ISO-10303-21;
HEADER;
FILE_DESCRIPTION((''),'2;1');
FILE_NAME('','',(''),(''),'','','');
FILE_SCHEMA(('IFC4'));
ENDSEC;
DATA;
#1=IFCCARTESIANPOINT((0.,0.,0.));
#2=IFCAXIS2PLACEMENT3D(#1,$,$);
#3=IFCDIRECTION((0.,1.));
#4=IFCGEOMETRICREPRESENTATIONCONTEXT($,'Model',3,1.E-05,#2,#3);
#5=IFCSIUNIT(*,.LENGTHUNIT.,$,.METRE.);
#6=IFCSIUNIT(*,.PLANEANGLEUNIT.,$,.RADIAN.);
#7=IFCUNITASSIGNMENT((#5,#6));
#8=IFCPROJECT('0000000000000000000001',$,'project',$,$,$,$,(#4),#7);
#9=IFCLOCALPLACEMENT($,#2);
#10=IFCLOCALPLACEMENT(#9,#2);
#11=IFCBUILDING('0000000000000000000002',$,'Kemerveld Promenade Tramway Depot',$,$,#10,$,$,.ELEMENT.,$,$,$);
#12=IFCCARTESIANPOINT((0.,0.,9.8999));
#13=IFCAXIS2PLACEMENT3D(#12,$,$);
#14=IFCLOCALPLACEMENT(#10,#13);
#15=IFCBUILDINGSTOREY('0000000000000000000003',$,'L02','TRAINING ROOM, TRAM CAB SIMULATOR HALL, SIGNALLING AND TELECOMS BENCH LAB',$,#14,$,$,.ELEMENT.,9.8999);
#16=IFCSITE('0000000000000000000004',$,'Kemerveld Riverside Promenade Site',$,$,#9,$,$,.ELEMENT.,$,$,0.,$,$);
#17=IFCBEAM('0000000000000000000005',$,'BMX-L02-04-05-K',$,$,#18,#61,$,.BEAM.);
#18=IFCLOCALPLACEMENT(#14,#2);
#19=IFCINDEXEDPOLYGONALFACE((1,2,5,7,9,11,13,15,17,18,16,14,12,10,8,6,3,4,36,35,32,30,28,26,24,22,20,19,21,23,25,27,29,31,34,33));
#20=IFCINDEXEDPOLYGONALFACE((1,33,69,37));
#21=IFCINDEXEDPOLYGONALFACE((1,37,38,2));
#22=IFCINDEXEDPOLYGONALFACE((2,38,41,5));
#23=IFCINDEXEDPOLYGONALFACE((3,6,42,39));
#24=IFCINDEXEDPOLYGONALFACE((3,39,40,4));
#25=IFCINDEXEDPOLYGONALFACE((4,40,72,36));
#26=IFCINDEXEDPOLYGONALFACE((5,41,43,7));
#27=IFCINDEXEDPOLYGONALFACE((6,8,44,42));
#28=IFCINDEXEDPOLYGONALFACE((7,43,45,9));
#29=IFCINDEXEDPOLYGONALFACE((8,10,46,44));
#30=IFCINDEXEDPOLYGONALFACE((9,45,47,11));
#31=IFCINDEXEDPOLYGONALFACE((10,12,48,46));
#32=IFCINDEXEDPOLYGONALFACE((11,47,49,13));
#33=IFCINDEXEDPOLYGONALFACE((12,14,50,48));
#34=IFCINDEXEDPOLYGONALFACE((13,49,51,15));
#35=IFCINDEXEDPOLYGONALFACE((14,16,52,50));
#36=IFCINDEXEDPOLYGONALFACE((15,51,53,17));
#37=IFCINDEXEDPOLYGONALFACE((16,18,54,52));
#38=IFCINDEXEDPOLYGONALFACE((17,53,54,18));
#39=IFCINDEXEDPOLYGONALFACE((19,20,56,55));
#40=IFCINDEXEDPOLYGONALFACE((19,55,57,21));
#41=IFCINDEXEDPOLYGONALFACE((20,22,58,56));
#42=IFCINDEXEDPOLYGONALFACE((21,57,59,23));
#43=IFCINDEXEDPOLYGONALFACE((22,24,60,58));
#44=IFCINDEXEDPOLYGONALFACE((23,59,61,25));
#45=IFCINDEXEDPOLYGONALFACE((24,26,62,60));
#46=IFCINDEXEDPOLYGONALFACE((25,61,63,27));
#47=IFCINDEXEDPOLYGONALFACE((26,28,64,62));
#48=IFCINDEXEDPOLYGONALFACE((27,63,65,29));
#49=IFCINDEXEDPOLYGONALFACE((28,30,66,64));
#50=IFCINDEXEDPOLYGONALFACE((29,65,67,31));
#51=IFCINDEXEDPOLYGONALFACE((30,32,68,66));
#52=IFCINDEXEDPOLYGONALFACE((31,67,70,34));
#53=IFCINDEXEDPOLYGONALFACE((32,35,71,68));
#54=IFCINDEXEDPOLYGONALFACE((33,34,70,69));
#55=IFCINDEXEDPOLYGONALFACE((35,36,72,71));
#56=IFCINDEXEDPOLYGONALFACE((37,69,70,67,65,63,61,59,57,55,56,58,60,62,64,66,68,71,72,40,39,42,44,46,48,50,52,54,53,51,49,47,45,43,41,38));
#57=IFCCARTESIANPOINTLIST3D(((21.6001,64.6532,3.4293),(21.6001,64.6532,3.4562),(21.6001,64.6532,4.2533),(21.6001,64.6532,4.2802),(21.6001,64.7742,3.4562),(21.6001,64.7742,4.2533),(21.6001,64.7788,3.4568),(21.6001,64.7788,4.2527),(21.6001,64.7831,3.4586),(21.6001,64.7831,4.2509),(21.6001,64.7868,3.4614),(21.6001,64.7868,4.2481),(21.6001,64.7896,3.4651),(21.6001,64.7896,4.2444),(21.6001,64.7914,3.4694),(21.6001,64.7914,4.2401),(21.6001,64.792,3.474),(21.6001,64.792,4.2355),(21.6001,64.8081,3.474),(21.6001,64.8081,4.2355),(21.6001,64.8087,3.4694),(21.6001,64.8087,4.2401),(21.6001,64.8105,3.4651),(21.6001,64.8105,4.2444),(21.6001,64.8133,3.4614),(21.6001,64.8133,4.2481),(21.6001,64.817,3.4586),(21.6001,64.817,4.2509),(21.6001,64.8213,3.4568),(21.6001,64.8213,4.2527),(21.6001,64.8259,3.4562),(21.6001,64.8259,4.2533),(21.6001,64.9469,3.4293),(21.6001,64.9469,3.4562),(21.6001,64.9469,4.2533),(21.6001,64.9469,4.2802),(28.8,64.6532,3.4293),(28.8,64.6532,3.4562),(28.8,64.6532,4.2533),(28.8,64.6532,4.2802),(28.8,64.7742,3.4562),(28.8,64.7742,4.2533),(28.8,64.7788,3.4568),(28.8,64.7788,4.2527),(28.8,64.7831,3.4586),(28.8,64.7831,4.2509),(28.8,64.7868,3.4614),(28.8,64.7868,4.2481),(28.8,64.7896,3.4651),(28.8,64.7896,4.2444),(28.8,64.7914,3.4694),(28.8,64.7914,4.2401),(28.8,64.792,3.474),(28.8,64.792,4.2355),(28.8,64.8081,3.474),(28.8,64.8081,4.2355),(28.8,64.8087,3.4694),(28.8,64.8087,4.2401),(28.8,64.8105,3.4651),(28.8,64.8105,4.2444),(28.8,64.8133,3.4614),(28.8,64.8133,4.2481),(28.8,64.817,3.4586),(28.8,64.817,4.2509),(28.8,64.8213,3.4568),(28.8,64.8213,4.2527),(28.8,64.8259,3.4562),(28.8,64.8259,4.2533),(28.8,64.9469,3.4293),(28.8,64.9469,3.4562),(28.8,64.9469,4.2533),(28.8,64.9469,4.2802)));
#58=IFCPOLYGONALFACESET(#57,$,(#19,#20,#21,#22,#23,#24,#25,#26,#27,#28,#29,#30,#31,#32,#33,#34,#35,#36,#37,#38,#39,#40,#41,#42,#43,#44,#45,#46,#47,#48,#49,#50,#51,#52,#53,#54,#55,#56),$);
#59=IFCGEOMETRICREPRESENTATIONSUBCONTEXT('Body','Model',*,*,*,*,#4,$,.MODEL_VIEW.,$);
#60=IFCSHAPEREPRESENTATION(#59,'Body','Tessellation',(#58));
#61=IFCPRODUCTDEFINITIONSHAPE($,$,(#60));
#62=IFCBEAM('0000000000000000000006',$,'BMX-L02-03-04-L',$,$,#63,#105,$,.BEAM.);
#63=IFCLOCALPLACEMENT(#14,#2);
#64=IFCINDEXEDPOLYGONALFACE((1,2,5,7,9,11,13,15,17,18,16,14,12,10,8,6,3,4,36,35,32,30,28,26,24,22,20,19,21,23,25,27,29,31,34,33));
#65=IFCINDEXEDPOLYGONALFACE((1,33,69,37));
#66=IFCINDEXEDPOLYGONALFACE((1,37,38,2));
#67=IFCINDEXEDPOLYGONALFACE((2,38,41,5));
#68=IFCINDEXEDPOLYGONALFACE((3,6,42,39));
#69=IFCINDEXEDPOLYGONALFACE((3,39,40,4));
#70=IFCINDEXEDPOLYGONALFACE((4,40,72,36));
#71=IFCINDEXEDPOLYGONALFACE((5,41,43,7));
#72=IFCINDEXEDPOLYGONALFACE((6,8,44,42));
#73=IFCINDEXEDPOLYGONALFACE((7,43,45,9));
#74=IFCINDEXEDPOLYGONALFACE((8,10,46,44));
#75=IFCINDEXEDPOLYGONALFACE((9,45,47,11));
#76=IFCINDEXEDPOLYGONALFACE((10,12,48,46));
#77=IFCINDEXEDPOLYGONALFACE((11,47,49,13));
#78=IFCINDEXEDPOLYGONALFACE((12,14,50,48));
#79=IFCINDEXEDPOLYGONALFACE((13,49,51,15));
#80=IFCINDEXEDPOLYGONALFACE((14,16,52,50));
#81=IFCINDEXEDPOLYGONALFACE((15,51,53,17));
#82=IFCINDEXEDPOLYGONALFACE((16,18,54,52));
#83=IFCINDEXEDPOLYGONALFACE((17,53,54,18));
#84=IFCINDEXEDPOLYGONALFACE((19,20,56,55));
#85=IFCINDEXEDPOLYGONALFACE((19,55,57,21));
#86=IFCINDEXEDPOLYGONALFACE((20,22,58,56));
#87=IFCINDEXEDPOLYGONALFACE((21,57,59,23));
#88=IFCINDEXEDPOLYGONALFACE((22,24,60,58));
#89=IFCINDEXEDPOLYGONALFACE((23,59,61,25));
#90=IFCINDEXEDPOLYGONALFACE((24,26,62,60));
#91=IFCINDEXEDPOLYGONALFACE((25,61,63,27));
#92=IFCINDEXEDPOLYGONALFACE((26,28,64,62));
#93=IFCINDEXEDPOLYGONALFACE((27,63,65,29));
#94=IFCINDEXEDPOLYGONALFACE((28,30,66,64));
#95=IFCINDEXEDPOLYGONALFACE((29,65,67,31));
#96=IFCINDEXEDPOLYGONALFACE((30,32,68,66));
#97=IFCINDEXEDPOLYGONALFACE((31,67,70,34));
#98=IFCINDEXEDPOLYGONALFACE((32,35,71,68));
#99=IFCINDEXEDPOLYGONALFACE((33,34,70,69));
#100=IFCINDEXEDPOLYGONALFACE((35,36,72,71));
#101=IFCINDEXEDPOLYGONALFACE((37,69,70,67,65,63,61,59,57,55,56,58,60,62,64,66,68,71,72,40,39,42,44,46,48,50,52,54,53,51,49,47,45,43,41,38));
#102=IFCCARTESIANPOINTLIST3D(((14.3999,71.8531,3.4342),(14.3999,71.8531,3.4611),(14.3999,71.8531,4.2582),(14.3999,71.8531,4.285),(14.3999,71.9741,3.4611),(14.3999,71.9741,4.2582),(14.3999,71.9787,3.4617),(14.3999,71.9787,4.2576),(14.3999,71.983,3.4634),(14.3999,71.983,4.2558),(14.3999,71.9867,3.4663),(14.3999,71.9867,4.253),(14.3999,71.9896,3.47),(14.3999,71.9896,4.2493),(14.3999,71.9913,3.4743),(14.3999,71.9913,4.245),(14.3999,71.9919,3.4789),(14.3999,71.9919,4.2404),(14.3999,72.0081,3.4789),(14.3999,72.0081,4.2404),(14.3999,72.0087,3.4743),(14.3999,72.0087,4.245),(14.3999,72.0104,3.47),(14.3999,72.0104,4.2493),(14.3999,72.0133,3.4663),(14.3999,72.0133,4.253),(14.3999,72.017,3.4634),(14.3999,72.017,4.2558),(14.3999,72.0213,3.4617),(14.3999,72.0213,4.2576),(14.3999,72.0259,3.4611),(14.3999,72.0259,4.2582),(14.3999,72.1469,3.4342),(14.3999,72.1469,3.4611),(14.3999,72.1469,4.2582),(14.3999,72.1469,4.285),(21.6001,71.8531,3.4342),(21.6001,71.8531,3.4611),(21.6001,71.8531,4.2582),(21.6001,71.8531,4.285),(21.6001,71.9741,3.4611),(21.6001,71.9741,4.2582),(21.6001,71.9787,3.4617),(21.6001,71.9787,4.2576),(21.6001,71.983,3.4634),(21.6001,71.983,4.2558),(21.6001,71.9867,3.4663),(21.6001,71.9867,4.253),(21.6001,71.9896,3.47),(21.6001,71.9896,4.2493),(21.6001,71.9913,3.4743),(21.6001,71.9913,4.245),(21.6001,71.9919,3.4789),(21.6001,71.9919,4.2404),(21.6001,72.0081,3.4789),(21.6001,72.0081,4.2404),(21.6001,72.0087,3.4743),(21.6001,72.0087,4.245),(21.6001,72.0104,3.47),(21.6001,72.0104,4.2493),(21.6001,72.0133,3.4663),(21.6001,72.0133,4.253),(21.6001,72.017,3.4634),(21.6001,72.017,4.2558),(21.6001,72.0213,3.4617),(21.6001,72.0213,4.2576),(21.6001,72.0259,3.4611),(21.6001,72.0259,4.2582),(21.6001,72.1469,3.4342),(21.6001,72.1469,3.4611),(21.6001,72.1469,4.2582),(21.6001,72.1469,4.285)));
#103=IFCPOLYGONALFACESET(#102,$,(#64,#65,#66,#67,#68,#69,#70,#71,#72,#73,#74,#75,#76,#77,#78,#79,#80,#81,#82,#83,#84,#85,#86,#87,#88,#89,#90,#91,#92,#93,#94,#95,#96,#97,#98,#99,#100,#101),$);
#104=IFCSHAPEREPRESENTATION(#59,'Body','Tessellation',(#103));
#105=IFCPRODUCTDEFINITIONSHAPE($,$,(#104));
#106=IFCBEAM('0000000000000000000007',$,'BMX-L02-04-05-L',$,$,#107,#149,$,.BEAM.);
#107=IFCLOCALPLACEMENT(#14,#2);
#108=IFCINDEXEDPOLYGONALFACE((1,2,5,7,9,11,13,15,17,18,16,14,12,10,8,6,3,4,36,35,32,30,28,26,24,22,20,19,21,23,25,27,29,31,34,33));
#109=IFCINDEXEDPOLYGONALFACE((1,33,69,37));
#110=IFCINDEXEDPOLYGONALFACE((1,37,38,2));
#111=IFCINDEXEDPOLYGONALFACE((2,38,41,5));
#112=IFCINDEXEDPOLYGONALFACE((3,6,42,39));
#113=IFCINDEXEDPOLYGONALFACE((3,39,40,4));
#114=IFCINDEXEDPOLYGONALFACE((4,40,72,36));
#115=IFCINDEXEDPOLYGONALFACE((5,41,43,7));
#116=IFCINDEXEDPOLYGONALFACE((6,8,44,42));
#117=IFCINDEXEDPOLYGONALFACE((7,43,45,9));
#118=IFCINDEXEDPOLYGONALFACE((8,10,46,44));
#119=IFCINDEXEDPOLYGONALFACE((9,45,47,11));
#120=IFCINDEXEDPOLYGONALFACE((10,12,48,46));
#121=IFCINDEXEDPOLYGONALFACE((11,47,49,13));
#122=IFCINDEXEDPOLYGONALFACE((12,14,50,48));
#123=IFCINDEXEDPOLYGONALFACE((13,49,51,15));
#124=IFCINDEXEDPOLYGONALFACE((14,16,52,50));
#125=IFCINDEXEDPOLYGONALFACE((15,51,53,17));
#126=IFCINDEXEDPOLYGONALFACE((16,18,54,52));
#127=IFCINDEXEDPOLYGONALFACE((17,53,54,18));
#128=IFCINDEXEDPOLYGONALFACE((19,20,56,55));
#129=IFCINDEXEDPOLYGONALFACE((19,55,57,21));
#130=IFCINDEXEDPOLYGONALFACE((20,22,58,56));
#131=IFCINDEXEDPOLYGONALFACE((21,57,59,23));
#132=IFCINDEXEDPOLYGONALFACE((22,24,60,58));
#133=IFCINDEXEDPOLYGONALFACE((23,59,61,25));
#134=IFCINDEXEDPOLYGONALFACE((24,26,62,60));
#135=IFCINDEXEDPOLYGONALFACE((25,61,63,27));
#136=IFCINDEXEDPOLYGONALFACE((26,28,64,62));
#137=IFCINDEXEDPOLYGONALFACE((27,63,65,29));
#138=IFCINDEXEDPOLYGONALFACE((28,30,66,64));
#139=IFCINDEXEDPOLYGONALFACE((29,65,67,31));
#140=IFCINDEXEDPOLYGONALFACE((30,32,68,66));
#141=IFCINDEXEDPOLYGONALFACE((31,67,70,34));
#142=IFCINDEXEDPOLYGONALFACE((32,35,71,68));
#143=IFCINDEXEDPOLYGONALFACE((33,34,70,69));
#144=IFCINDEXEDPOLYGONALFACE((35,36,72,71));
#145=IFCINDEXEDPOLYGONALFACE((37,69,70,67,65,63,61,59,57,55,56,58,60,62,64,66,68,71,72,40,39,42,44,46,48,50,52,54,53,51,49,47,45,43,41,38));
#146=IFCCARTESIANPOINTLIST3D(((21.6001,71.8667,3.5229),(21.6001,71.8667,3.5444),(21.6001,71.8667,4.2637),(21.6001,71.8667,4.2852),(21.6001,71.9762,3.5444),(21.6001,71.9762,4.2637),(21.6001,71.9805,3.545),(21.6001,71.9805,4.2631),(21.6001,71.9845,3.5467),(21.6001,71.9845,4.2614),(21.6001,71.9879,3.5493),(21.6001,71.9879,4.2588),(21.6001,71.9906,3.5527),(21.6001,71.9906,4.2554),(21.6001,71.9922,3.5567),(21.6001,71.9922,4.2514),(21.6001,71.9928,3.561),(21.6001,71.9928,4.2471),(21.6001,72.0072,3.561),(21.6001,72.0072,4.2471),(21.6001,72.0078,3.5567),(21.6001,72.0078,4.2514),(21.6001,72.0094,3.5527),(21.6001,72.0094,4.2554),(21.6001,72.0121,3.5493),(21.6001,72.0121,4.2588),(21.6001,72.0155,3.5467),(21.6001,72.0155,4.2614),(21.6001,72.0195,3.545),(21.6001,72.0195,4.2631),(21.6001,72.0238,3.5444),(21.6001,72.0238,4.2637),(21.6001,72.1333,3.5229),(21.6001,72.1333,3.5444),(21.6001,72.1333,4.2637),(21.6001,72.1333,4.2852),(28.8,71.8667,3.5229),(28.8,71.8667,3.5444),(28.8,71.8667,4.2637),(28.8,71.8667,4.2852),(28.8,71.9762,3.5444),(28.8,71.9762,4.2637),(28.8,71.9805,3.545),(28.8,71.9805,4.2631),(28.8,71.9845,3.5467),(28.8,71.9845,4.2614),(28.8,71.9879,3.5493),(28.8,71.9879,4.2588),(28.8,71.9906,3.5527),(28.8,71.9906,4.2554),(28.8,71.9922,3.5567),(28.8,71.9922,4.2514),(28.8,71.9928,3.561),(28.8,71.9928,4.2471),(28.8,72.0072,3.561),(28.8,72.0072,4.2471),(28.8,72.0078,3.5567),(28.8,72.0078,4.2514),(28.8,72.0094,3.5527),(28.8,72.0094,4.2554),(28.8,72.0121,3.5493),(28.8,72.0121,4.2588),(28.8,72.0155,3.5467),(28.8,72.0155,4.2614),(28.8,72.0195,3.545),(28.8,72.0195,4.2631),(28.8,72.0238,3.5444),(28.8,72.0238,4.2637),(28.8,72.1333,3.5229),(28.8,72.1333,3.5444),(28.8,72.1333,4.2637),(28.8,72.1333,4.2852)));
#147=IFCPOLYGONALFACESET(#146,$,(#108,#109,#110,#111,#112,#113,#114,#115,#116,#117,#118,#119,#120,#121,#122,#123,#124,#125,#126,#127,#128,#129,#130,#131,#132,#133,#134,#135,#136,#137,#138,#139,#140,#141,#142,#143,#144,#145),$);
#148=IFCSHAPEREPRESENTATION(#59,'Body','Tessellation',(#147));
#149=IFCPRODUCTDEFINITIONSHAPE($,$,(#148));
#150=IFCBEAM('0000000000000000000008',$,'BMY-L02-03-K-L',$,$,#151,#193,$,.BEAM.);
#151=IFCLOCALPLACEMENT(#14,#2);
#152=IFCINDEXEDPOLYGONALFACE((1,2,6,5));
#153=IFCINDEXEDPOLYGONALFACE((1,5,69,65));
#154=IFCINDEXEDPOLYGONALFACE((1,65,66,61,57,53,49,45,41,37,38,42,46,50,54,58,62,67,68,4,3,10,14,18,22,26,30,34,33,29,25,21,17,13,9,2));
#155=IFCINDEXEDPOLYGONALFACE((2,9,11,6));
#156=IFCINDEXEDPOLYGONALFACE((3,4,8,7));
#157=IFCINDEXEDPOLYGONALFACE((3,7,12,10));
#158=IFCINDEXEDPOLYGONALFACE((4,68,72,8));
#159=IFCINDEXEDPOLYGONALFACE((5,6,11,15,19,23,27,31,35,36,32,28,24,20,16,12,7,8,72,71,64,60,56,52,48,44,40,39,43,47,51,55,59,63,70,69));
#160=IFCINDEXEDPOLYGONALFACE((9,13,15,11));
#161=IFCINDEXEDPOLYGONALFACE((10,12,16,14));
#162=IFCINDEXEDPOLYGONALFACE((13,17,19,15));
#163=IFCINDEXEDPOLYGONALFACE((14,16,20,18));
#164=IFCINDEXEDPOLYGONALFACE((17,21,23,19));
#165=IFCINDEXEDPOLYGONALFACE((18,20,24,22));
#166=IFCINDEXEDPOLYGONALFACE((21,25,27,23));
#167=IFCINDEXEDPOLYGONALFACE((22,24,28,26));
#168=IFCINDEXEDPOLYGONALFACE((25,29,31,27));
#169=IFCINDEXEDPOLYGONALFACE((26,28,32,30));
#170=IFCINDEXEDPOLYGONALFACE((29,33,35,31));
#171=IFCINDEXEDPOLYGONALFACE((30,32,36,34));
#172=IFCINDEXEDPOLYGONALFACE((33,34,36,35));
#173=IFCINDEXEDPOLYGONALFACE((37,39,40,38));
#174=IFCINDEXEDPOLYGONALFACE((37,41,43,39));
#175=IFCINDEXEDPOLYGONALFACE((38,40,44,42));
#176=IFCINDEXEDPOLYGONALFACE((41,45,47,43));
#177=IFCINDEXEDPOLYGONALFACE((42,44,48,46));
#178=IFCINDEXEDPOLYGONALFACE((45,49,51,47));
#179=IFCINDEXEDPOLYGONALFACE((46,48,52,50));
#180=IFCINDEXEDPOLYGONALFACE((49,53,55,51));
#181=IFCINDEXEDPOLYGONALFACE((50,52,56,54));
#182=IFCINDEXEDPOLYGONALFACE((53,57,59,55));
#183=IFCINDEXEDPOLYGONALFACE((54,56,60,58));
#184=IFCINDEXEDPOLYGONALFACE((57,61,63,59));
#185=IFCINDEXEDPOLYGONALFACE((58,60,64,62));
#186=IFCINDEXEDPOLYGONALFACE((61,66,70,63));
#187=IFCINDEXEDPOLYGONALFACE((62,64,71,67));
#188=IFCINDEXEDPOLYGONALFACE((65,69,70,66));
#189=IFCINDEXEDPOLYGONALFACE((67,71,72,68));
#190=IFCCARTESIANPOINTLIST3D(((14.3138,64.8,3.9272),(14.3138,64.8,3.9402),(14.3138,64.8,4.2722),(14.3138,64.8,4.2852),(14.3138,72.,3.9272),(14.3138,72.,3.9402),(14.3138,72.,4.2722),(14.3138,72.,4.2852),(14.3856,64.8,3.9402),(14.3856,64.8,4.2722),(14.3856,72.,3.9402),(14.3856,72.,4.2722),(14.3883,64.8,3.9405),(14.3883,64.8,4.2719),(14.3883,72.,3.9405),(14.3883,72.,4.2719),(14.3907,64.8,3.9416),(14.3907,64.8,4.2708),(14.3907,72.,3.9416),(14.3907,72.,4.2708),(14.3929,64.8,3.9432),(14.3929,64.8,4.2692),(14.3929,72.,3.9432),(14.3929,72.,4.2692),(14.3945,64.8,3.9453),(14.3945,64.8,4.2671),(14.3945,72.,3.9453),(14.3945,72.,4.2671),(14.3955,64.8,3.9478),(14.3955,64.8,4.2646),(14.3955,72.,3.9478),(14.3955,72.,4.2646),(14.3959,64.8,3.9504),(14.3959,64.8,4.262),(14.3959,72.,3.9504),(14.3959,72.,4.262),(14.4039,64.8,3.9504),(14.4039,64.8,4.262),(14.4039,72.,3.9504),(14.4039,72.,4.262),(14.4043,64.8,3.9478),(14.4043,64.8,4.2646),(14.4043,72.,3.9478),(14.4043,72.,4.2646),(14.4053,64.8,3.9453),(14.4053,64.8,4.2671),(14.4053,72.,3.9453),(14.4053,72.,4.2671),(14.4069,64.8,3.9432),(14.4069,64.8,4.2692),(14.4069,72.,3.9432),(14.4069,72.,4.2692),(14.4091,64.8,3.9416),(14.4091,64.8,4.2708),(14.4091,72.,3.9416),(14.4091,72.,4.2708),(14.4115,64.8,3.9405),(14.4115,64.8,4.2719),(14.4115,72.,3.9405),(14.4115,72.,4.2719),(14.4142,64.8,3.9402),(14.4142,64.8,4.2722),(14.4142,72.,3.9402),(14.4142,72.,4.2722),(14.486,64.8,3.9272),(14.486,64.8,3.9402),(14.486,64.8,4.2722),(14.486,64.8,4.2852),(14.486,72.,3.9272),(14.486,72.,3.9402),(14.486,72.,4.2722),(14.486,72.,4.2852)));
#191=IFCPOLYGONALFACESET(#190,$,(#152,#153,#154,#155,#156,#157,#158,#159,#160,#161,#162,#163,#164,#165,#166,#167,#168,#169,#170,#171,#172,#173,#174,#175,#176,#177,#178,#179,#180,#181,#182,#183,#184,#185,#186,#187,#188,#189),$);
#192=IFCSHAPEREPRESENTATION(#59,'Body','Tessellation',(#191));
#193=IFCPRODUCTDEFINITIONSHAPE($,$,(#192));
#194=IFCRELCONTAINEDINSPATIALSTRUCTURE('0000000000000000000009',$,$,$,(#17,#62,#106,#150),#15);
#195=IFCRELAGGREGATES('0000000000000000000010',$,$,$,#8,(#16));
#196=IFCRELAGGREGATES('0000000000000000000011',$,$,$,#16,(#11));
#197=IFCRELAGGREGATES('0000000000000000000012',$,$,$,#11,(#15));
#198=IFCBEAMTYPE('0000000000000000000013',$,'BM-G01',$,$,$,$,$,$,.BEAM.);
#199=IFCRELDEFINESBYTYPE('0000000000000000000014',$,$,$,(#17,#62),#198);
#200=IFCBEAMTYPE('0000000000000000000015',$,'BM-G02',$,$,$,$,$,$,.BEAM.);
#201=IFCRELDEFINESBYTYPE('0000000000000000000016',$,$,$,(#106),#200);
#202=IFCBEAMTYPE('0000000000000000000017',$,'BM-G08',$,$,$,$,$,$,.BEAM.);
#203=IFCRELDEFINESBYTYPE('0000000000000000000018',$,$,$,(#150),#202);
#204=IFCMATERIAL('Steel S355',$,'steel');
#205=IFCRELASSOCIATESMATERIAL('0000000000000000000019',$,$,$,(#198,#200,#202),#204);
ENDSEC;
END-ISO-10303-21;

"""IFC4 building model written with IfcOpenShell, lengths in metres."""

from ifc_helpers import new_model, si_unit, direction, frame, origin, origin_2d, place, context, subcontext, project, spatial, i_section, extrude, material, material_profile, profile_set, type_object, element, save


model = new_model("IFC4")

# Units and contexts
model_context = context("Model", 3, precision=1e-05, world=origin(), true_north=direction((0.0, 1.0)))
body_context = subcontext(model_context, "Body", "Model", "MODEL_VIEW")
ifc_project = project(units=[si_unit("LENGTHUNIT", "METRE"), si_unit("PLANEANGLEUNIT", "RADIAN")], contexts=[model_context])

# Site, building, storey
site_placement = place(None, origin())
site = spatial("IfcSite", under=ifc_project, at=site_placement, Name="Kemerveld Riverside Promenade Site", CompositionType="ELEMENT", RefElevation=0.0)
building_placement = place(site_placement, origin())
building = spatial("IfcBuilding", under=site, at=building_placement, Name="Kemerveld Promenade Tramway Depot", CompositionType="ELEMENT")
storey_placement = place(building_placement, frame((0.0, 0.0, 9.8999)))
storey = spatial("IfcBuildingStorey", under=building, at=storey_placement, Name="L02", Description="TRAINING ROOM, TRAM CAB SIMULATOR HALL, SIGNALLING AND TELECOMS BENCH LAB", CompositionType="ELEMENT", Elevation=9.8999)

# Shared definitions
ifc_material_1 = material(Name="Steel S355", Category="steel")

# Beams
ifc_material_profile_1 = material_profile(ifc_material_1, i_section(OverallWidth=0.2937, OverallDepth=0.8508, WebThickness=0.0161, FlangeThickness=0.0269, FilletRadius=0.0178, at=origin_2d()), Name="838x292x226 UB")
ifc_profile_set_1 = profile_set([ifc_material_profile_1], Name="Steel S355")
beam_type_1 = type_object("IfcBeamType", Name="BM-G01", PredefinedType="BEAM", material=ifc_profile_set_1)
beam_1_placement = place(storey_placement, frame((21.6001, 64.8, 3.8547), z_axis=(1.0, 0.0, 0.0), x_axis=(0.0, 1.0, 0.0)))
element("IfcBeam", 1, at=beam_1_placement, inside=storey, type_object=beam_type_1, Name="BMX-L02-04-05-K", PredefinedType="BEAM", context=body_context, shape_type="SweptSolid", body=[
    extrude(i_section(OverallWidth=0.2937, OverallDepth=0.8508, WebThickness=0.0161, FlangeThickness=0.0269, FilletRadius=0.0178, at=origin_2d()), origin(), (0.0, 0.0, 1.0), 7.2),
])
beam_2_placement = place(storey_placement, frame((14.3999, 72.0, 3.8596), z_axis=(1.0, 0.0, 0.0), x_axis=(0.0, 1.0, 0.0)))
element("IfcBeam", 2, at=beam_2_placement, inside=storey, type_object=beam_type_1, Name="BMX-L02-03-04-L", PredefinedType="BEAM", context=body_context, shape_type="SweptSolid", body=[
    extrude(i_section(OverallWidth=0.2937, OverallDepth=0.8508, WebThickness=0.0161, FlangeThickness=0.0269, FilletRadius=0.0178, at=origin_2d()), origin(), (0.0, 0.0, 1.0), 7.2002),
])
ifc_material_profile_2 = material_profile(ifc_material_1, i_section(OverallWidth=0.2666, OverallDepth=0.7622, WebThickness=0.0144, FlangeThickness=0.0215, FilletRadius=0.0166, at=origin_2d()), Name="762x267x173 UB")
ifc_profile_set_2 = profile_set([ifc_material_profile_2], Name="Steel S355")
beam_type_2 = type_object("IfcBeamType", Name="BM-G02", PredefinedType="BEAM", material=ifc_profile_set_2)
beam_3_placement = place(storey_placement, frame((21.6001, 72.0, 3.9041), z_axis=(1.0, 0.0, 0.0), x_axis=(0.0, 1.0, 0.0)))
element("IfcBeam", 3, at=beam_3_placement, inside=storey, type_object=beam_type_2, Name="BMX-L02-04-05-L", PredefinedType="BEAM", context=body_context, shape_type="SweptSolid", body=[
    extrude(i_section(OverallWidth=0.2666, OverallDepth=0.7622, WebThickness=0.0144, FlangeThickness=0.0215, FilletRadius=0.0166, at=origin_2d()), origin(), (0.0, 0.0, 1.0), 7.2),
])
ifc_material_profile_3 = material_profile(ifc_material_1, i_section(OverallWidth=0.1721, OverallDepth=0.3579, WebThickness=0.0081, FlangeThickness=0.0129, FilletRadius=0.0103, at=origin_2d()), Name="356x171x57 UB")
ifc_profile_set_3 = profile_set([ifc_material_profile_3], Name="Steel S355")
beam_type_3 = type_object("IfcBeamType", Name="BM-G08", PredefinedType="BEAM", material=ifc_profile_set_3)
for number, where, z_axis, x_axis, name in (
    (4, (14.3999, 64.8, 4.1062), (0.0, 1.0, 0.0), (-1.0, 0.0, 0.0), "BMY-L02-03-K-L"),
):
    element("IfcBeam", number, at=place(storey_placement, frame(where, z_axis=z_axis, x_axis=x_axis)), inside=storey, type_object=beam_type_3, Name=name, PredefinedType="BEAM", context=body_context, shape_type="SweptSolid", body=[
        extrude(i_section(OverallWidth=0.1721, OverallDepth=0.3579, WebThickness=0.0081, FlangeThickness=0.0129, FilletRadius=0.0103, at=origin_2d()), origin(), (0.0, 0.0, 1.0), 7.2),
    ])

save(model, "model.ifc")
